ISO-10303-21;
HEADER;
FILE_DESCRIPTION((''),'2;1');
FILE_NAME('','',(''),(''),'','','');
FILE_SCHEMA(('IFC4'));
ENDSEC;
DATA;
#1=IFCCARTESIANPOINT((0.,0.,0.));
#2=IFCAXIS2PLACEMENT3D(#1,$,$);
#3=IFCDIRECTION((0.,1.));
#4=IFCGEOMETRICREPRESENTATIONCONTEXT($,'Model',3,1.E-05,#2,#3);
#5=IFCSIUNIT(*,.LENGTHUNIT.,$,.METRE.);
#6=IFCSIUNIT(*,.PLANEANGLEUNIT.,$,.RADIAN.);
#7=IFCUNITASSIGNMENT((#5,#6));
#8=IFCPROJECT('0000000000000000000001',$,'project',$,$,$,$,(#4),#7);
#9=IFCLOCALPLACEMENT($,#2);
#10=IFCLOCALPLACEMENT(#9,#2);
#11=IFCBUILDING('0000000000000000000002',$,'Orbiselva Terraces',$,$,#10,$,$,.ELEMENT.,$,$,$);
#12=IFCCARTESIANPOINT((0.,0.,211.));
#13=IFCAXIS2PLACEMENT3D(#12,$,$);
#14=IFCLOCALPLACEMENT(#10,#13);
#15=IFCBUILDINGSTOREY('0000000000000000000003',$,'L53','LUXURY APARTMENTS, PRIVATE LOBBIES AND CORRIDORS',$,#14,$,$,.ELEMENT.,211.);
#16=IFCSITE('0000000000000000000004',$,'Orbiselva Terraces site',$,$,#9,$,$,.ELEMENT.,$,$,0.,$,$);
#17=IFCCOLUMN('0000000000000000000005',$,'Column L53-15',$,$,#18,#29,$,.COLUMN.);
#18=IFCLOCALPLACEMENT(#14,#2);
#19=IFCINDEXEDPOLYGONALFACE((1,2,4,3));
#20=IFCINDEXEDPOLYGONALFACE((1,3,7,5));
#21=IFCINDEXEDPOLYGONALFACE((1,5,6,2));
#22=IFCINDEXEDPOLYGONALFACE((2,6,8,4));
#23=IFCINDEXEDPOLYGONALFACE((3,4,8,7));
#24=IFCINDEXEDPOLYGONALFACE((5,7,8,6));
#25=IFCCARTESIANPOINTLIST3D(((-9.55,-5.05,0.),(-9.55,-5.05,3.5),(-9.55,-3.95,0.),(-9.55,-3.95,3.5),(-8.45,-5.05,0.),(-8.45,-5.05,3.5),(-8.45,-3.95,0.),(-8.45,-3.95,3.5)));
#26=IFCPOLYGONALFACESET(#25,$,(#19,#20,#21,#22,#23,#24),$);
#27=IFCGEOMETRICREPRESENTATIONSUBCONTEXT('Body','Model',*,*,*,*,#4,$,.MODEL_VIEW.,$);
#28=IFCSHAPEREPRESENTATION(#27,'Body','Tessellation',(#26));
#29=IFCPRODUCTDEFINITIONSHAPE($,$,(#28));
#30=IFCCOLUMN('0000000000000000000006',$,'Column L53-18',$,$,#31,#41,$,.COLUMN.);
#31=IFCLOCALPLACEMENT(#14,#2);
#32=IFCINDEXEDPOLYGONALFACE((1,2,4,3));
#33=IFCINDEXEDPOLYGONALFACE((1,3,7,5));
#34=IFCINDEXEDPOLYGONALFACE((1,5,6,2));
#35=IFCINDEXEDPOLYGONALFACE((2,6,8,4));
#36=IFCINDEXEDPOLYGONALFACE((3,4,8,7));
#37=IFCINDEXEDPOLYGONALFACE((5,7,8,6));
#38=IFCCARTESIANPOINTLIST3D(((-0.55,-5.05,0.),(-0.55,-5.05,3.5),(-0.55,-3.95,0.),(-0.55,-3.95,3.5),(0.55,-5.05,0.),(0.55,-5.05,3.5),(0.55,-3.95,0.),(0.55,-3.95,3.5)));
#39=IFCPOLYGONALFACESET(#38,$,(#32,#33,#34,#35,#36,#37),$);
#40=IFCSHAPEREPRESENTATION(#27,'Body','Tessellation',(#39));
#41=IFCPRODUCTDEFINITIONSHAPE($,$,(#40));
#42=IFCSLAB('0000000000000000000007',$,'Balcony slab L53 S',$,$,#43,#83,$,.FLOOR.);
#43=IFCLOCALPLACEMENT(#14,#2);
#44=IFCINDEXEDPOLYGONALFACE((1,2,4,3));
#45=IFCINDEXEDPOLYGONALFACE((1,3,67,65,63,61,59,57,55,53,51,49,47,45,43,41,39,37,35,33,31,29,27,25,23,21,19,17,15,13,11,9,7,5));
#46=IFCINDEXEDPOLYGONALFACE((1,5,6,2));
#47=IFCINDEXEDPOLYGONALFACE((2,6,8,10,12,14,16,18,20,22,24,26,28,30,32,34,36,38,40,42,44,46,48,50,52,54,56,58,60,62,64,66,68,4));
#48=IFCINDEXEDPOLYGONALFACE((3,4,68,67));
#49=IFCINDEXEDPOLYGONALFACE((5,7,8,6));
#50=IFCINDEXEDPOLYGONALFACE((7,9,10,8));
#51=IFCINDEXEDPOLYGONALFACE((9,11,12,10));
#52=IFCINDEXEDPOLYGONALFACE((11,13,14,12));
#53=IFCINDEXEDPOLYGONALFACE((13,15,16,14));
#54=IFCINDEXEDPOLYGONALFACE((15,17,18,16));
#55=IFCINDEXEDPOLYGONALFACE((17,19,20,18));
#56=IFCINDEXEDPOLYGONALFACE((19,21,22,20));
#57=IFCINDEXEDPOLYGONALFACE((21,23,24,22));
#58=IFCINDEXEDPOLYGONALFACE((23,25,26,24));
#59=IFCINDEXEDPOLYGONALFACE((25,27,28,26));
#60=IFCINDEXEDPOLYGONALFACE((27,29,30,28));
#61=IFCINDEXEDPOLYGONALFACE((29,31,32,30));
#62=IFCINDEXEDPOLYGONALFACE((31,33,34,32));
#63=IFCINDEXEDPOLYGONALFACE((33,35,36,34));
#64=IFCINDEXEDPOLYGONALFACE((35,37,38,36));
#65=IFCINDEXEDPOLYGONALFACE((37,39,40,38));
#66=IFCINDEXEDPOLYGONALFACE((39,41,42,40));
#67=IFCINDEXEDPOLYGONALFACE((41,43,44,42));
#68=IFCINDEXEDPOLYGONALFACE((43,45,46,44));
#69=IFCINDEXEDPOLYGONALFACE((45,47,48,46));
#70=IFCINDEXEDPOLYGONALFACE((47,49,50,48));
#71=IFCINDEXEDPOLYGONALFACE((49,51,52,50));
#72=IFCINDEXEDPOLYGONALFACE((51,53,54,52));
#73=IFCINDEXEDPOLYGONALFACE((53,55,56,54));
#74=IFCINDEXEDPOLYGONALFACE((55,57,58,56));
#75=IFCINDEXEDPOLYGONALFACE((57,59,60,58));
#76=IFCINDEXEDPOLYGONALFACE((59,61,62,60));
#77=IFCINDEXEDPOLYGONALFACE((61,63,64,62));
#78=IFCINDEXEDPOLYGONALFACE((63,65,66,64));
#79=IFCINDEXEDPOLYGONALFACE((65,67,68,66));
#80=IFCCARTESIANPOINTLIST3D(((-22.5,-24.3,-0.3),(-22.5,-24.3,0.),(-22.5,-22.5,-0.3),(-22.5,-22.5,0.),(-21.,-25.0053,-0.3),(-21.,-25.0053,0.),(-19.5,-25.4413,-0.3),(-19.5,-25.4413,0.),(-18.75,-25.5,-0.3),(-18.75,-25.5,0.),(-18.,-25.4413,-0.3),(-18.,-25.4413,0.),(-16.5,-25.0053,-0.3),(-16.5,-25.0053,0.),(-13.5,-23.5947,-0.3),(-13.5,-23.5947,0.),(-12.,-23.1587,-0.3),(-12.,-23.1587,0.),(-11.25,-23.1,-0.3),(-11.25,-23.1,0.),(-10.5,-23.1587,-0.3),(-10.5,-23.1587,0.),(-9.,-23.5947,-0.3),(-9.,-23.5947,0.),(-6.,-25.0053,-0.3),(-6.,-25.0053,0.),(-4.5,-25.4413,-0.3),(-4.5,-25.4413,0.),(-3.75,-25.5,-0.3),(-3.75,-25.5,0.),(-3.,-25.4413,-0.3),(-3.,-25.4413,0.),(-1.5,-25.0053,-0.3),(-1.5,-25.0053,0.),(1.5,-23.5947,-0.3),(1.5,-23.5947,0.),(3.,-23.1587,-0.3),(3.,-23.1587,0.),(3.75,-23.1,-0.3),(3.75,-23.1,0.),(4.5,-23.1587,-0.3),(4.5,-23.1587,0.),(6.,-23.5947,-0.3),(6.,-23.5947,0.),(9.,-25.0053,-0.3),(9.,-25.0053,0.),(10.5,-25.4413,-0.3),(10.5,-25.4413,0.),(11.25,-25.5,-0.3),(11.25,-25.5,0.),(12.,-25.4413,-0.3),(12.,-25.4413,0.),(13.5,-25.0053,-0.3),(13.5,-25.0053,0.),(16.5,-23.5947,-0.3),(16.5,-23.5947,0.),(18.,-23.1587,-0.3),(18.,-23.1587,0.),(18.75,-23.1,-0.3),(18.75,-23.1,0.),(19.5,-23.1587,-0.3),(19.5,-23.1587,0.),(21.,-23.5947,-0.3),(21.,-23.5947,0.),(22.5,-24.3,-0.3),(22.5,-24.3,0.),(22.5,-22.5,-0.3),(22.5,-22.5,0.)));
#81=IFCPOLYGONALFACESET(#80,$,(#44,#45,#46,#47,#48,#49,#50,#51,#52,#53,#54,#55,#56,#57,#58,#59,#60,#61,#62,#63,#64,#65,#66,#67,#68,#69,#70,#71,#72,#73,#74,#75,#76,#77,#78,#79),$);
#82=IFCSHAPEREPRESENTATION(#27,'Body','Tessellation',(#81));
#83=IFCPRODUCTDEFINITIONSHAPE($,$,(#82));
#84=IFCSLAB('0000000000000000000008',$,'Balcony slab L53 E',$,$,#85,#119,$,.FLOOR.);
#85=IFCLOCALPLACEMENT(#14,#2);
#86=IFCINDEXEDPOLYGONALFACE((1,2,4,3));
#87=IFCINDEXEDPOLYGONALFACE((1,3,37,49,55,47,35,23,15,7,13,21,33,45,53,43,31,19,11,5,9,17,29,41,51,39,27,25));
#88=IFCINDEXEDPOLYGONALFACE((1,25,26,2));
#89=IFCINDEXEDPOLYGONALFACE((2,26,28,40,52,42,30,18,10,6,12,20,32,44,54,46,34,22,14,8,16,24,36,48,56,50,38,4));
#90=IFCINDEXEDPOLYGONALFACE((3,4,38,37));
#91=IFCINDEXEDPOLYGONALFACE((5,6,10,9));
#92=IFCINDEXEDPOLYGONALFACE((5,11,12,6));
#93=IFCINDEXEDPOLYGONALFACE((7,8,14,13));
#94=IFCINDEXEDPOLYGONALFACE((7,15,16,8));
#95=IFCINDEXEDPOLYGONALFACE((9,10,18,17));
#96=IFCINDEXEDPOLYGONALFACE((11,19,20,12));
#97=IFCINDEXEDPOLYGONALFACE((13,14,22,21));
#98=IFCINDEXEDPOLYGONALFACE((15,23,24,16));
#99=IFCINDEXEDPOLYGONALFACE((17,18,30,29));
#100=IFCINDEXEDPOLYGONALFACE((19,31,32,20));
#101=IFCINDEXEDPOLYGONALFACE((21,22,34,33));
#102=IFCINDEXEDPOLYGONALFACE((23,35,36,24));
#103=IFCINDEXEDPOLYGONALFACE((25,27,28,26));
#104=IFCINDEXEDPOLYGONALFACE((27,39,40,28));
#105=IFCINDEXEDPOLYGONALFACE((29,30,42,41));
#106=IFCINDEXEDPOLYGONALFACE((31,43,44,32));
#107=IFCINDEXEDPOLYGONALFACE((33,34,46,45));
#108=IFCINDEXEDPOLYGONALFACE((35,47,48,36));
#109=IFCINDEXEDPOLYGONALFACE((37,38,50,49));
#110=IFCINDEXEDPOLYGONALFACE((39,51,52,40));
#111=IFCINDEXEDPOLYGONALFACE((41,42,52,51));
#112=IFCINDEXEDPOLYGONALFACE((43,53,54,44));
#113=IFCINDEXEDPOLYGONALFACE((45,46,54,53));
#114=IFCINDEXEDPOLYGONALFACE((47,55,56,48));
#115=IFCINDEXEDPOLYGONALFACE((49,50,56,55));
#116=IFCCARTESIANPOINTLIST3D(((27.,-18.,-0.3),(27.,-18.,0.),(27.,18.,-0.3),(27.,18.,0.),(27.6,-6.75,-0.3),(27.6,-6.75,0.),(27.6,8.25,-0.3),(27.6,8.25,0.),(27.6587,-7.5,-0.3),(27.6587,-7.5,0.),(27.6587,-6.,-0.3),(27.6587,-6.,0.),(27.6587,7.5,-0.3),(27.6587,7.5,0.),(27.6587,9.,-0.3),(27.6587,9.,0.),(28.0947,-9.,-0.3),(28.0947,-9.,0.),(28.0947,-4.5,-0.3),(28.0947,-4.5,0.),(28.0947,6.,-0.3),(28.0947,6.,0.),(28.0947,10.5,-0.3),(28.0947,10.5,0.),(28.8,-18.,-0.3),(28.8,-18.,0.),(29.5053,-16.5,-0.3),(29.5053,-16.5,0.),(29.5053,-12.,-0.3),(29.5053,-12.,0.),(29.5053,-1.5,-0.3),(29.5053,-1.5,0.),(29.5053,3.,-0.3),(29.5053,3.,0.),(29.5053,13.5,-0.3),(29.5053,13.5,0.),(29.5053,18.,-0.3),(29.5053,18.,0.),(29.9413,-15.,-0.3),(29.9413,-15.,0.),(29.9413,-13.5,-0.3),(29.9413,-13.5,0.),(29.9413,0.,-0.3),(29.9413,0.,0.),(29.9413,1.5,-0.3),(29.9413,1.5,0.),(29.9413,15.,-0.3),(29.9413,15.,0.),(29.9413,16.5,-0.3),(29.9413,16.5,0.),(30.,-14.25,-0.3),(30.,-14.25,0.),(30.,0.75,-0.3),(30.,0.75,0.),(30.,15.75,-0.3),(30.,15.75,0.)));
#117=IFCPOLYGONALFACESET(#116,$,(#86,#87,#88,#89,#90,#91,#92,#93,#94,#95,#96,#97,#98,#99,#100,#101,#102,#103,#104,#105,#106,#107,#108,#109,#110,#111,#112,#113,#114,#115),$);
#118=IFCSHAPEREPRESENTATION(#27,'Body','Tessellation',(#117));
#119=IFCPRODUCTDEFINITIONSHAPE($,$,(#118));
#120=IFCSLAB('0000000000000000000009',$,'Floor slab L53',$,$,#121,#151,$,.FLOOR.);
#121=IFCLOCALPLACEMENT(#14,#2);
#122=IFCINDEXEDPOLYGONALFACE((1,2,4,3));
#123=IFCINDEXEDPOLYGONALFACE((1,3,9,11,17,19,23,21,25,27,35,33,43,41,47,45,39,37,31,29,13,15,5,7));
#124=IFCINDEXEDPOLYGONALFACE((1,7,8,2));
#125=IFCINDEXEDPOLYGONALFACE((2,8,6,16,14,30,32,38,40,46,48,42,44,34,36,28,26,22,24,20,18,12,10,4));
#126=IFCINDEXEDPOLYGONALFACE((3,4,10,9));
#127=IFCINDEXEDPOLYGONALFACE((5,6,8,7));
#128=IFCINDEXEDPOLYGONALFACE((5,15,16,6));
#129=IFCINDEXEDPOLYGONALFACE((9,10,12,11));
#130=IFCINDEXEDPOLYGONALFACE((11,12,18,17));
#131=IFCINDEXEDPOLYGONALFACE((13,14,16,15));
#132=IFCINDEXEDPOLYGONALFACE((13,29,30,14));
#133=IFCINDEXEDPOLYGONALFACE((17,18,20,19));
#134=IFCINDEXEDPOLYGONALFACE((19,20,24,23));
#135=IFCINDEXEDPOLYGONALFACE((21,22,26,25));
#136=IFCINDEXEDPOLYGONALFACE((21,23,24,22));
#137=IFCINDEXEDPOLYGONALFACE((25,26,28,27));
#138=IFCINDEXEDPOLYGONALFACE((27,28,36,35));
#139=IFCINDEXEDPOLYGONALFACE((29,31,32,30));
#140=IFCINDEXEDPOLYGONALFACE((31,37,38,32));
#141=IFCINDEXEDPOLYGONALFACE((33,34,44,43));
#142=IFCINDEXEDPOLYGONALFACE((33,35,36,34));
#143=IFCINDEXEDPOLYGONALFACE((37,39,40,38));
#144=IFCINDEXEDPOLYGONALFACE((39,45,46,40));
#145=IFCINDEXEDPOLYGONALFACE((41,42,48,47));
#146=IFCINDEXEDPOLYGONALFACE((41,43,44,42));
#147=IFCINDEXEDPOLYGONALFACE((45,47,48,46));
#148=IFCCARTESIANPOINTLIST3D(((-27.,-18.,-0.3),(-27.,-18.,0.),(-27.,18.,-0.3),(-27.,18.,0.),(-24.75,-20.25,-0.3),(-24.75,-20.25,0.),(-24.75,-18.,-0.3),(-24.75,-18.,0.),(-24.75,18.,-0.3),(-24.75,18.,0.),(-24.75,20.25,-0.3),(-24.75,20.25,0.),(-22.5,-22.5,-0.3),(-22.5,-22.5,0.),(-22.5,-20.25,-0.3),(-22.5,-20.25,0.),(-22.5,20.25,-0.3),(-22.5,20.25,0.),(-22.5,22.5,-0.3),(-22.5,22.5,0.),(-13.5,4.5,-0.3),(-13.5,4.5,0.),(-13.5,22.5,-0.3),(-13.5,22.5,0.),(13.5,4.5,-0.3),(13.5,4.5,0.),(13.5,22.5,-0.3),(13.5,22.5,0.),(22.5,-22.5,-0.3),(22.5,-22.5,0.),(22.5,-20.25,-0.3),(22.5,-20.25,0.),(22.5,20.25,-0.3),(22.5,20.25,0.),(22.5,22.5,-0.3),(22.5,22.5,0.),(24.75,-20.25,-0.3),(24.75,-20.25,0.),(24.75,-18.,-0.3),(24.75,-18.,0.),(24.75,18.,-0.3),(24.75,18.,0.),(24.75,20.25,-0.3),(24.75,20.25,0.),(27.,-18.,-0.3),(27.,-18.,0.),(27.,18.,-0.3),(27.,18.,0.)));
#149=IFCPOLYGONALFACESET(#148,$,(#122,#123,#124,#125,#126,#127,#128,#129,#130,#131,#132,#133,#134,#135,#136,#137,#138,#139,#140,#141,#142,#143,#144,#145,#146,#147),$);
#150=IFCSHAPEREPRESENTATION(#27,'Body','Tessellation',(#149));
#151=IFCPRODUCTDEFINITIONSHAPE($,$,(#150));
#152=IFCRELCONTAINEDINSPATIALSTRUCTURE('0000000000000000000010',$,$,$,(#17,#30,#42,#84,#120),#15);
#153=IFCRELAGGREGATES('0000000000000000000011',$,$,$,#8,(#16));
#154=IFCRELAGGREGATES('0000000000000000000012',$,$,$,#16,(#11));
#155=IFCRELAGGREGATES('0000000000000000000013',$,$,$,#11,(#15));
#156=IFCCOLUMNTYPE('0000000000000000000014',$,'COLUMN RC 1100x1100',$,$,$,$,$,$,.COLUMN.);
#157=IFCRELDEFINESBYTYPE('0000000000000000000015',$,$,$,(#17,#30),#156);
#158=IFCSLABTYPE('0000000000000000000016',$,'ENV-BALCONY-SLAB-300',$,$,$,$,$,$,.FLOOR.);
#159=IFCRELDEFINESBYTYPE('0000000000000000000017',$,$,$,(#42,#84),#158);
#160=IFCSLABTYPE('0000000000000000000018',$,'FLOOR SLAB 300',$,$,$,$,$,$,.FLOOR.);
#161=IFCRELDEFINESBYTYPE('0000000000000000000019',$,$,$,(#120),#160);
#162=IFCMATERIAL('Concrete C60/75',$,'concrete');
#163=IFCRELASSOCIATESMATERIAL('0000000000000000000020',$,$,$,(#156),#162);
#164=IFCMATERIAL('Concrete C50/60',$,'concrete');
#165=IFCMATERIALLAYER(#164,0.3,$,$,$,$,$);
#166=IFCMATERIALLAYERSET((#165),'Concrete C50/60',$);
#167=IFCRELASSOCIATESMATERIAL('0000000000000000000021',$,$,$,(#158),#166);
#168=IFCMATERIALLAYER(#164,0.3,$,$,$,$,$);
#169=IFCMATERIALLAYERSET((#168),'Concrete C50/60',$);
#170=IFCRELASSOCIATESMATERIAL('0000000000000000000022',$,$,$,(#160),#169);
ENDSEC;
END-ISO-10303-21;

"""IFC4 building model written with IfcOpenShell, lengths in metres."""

from ifc_helpers import new_model, si_unit, direction, frame, origin, origin_2d, place, context, subcontext, project, spatial, polyline, rectangle, outline, extrude, material, layer, layer_set, material_profile, profile_set, type_object, element, save


model = new_model("IFC4")

# Units and contexts
model_context = context("Model", 3, precision=1e-05, world=origin(), true_north=direction((0.0, 1.0)))
body_context = subcontext(model_context, "Body", "Model", "MODEL_VIEW")
ifc_project = project(units=[si_unit("LENGTHUNIT", "METRE"), si_unit("PLANEANGLEUNIT", "RADIAN")], contexts=[model_context])

# Site, building, storey
site_placement = place(None, origin())
site = spatial("IfcSite", under=ifc_project, at=site_placement, Name="Orbiselva Terraces site", CompositionType="ELEMENT", RefElevation=0.0)
building_placement = place(site_placement, origin())
building = spatial("IfcBuilding", under=site, at=building_placement, Name="Orbiselva Terraces", CompositionType="ELEMENT")
storey_placement = place(building_placement, frame((0.0, 0.0, 211.0)))
storey = spatial("IfcBuildingStorey", under=building, at=storey_placement, Name="L53", Description="LUXURY APARTMENTS, PRIVATE LOBBIES AND CORRIDORS", CompositionType="ELEMENT", Elevation=211.0)

# Columns
ifc_material_1 = material(Name="Concrete C60/75", Category="concrete")
ifc_material_profile = material_profile(ifc_material_1, rectangle(XDim=1.1, YDim=1.1, at=origin_2d()), Name="RC 1100x1100")
ifc_profile_set = profile_set([ifc_material_profile], Name="Concrete C60/75")
column_type = type_object("IfcColumnType", Name="COLUMN RC 1100x1100", PredefinedType="COLUMN", material=ifc_profile_set)
for number, where, z_axis, x_axis, name in (
    (1, (-9.0, -4.5, 0.0), (0.0, 0.0, 1.0), (1.0, 0.0, 0.0), "Column L53-15"),
    (2, (0.0, -4.5, 0.0), (0.0, 0.0, 1.0), (1.0, 0.0, 0.0), "Column L53-18"),
):
    element("IfcColumn", number, at=place(storey_placement, frame(where, z_axis=z_axis, x_axis=x_axis)), inside=storey, type_object=column_type, Name=name, PredefinedType="COLUMN", context=body_context, shape_type="SweptSolid", body=[
        extrude(rectangle(XDim=1.1, YDim=1.1, at=origin_2d()), origin(), (0.0, 0.0, 1.0), 3.5),
    ])

# Slabs
ifc_material_2 = material(Name="Concrete C50/60", Category="concrete")
ifc_layer_1 = layer(ifc_material_2, 0.3)
ifc_layer_set_1 = layer_set([ifc_layer_1], Name="Concrete C50/60")
slab_type_1 = type_object("IfcSlabType", Name="ENV-BALCONY-SLAB-300", PredefinedType="FLOOR", material=ifc_layer_set_1)
slab_1_placement = place(storey_placement, frame((0.0, 0.0, -0.3)))
element("IfcSlab", 3, at=slab_1_placement, inside=storey, type_object=slab_type_1, Name="Balcony slab L53 S", PredefinedType="FLOOR", context=body_context, shape_type="SweptSolid", body=[
    extrude(outline(polyline([(-22.5, -24.3), (-21.0, -25.0053), (-19.5, -25.4413), (-18.75, -25.5), (-18.0, -25.4413), (-16.5, -25.0053), (-13.5, -23.5947), (-12.0, -23.1587), (-11.25, -23.1), (-10.5, -23.1587), (-9.0, -23.5947), (-6.0, -25.0053), (-4.5, -25.4413), (-3.75, -25.5), (-3.0, -25.4413), (-1.5, -25.0053), (1.5, -23.5947), (3.0, -23.1587), (3.75, -23.1), (4.5, -23.1587), (6.0, -23.5947), (9.0, -25.0053), (10.5, -25.4413), (11.25, -25.5), (12.0, -25.4413), (13.5, -25.0053), (16.5, -23.5947), (18.0, -23.1587), (18.75, -23.1), (19.5, -23.1587), (21.0, -23.5947), (22.5, -24.3), (22.5, -22.5), (-22.5, -22.5), (-22.5, -24.3)])), origin(), (0.0, 0.0, 1.0), 0.3),
])
slab_2_placement = place(storey_placement, frame((0.0, 0.0, -0.3)))
element("IfcSlab", 4, at=slab_2_placement, inside=storey, type_object=slab_type_1, Name="Balcony slab L53 E", PredefinedType="FLOOR", context=body_context, shape_type="SweptSolid", body=[
    extrude(outline(polyline([(28.8, -18.0), (29.5053, -16.5), (29.9413, -15.0), (30.0, -14.25), (29.9413, -13.5), (29.5053, -12.0), (28.0947, -9.0), (27.6587, -7.5), (27.6, -6.75), (27.6587, -6.0), (28.0947, -4.5), (29.5053, -1.5), (29.9413, 0.0), (30.0, 0.75), (29.9413, 1.5), (29.5053, 3.0), (28.0947, 6.0), (27.6587, 7.5), (27.6, 8.25), (27.6587, 9.0), (28.0947, 10.5), (29.5053, 13.5), (29.9413, 15.0), (30.0, 15.75), (29.9413, 16.5), (29.5053, 18.0), (27.0, 18.0), (27.0, -18.0), (28.8, -18.0)])), origin(), (0.0, 0.0, 1.0), 0.3),
])
ifc_layer_2 = layer(ifc_material_2, 0.3)
ifc_layer_set_2 = layer_set([ifc_layer_2], Name="Concrete C50/60")
slab_type_2 = type_object("IfcSlabType", Name="FLOOR SLAB 300", PredefinedType="FLOOR", material=ifc_layer_set_2)
slab_3_placement = place(storey_placement, frame((0.0, 0.0, -0.3)))
element("IfcSlab", 5, at=slab_3_placement, inside=storey, type_object=slab_type_2, Name="Floor slab L53", PredefinedType="FLOOR", context=body_context, shape_type="SweptSolid", body=[
    extrude(outline(polyline([(22.5, 22.5), (22.5, 20.25), (24.75, 20.25), (24.75, 18.0), (27.0, 18.0), (27.0, -18.0), (24.75, -18.0), (24.75, -20.25), (22.5, -20.25), (22.5, -22.5), (-22.5, -22.5), (-22.5, -20.25), (-24.75, -20.25), (-24.75, -18.0), (-27.0, -18.0), (-27.0, 18.0), (-24.75, 18.0), (-24.75, 20.25), (-22.5, 20.25), (-22.5, 22.5), (-13.5, 22.5), (-13.5, 4.5), (13.5, 4.5), (13.5, 22.5), (22.5, 22.5)])), origin(), (0.0, 0.0, 1.0), 0.3),
])

save(model, "model.ifc")
